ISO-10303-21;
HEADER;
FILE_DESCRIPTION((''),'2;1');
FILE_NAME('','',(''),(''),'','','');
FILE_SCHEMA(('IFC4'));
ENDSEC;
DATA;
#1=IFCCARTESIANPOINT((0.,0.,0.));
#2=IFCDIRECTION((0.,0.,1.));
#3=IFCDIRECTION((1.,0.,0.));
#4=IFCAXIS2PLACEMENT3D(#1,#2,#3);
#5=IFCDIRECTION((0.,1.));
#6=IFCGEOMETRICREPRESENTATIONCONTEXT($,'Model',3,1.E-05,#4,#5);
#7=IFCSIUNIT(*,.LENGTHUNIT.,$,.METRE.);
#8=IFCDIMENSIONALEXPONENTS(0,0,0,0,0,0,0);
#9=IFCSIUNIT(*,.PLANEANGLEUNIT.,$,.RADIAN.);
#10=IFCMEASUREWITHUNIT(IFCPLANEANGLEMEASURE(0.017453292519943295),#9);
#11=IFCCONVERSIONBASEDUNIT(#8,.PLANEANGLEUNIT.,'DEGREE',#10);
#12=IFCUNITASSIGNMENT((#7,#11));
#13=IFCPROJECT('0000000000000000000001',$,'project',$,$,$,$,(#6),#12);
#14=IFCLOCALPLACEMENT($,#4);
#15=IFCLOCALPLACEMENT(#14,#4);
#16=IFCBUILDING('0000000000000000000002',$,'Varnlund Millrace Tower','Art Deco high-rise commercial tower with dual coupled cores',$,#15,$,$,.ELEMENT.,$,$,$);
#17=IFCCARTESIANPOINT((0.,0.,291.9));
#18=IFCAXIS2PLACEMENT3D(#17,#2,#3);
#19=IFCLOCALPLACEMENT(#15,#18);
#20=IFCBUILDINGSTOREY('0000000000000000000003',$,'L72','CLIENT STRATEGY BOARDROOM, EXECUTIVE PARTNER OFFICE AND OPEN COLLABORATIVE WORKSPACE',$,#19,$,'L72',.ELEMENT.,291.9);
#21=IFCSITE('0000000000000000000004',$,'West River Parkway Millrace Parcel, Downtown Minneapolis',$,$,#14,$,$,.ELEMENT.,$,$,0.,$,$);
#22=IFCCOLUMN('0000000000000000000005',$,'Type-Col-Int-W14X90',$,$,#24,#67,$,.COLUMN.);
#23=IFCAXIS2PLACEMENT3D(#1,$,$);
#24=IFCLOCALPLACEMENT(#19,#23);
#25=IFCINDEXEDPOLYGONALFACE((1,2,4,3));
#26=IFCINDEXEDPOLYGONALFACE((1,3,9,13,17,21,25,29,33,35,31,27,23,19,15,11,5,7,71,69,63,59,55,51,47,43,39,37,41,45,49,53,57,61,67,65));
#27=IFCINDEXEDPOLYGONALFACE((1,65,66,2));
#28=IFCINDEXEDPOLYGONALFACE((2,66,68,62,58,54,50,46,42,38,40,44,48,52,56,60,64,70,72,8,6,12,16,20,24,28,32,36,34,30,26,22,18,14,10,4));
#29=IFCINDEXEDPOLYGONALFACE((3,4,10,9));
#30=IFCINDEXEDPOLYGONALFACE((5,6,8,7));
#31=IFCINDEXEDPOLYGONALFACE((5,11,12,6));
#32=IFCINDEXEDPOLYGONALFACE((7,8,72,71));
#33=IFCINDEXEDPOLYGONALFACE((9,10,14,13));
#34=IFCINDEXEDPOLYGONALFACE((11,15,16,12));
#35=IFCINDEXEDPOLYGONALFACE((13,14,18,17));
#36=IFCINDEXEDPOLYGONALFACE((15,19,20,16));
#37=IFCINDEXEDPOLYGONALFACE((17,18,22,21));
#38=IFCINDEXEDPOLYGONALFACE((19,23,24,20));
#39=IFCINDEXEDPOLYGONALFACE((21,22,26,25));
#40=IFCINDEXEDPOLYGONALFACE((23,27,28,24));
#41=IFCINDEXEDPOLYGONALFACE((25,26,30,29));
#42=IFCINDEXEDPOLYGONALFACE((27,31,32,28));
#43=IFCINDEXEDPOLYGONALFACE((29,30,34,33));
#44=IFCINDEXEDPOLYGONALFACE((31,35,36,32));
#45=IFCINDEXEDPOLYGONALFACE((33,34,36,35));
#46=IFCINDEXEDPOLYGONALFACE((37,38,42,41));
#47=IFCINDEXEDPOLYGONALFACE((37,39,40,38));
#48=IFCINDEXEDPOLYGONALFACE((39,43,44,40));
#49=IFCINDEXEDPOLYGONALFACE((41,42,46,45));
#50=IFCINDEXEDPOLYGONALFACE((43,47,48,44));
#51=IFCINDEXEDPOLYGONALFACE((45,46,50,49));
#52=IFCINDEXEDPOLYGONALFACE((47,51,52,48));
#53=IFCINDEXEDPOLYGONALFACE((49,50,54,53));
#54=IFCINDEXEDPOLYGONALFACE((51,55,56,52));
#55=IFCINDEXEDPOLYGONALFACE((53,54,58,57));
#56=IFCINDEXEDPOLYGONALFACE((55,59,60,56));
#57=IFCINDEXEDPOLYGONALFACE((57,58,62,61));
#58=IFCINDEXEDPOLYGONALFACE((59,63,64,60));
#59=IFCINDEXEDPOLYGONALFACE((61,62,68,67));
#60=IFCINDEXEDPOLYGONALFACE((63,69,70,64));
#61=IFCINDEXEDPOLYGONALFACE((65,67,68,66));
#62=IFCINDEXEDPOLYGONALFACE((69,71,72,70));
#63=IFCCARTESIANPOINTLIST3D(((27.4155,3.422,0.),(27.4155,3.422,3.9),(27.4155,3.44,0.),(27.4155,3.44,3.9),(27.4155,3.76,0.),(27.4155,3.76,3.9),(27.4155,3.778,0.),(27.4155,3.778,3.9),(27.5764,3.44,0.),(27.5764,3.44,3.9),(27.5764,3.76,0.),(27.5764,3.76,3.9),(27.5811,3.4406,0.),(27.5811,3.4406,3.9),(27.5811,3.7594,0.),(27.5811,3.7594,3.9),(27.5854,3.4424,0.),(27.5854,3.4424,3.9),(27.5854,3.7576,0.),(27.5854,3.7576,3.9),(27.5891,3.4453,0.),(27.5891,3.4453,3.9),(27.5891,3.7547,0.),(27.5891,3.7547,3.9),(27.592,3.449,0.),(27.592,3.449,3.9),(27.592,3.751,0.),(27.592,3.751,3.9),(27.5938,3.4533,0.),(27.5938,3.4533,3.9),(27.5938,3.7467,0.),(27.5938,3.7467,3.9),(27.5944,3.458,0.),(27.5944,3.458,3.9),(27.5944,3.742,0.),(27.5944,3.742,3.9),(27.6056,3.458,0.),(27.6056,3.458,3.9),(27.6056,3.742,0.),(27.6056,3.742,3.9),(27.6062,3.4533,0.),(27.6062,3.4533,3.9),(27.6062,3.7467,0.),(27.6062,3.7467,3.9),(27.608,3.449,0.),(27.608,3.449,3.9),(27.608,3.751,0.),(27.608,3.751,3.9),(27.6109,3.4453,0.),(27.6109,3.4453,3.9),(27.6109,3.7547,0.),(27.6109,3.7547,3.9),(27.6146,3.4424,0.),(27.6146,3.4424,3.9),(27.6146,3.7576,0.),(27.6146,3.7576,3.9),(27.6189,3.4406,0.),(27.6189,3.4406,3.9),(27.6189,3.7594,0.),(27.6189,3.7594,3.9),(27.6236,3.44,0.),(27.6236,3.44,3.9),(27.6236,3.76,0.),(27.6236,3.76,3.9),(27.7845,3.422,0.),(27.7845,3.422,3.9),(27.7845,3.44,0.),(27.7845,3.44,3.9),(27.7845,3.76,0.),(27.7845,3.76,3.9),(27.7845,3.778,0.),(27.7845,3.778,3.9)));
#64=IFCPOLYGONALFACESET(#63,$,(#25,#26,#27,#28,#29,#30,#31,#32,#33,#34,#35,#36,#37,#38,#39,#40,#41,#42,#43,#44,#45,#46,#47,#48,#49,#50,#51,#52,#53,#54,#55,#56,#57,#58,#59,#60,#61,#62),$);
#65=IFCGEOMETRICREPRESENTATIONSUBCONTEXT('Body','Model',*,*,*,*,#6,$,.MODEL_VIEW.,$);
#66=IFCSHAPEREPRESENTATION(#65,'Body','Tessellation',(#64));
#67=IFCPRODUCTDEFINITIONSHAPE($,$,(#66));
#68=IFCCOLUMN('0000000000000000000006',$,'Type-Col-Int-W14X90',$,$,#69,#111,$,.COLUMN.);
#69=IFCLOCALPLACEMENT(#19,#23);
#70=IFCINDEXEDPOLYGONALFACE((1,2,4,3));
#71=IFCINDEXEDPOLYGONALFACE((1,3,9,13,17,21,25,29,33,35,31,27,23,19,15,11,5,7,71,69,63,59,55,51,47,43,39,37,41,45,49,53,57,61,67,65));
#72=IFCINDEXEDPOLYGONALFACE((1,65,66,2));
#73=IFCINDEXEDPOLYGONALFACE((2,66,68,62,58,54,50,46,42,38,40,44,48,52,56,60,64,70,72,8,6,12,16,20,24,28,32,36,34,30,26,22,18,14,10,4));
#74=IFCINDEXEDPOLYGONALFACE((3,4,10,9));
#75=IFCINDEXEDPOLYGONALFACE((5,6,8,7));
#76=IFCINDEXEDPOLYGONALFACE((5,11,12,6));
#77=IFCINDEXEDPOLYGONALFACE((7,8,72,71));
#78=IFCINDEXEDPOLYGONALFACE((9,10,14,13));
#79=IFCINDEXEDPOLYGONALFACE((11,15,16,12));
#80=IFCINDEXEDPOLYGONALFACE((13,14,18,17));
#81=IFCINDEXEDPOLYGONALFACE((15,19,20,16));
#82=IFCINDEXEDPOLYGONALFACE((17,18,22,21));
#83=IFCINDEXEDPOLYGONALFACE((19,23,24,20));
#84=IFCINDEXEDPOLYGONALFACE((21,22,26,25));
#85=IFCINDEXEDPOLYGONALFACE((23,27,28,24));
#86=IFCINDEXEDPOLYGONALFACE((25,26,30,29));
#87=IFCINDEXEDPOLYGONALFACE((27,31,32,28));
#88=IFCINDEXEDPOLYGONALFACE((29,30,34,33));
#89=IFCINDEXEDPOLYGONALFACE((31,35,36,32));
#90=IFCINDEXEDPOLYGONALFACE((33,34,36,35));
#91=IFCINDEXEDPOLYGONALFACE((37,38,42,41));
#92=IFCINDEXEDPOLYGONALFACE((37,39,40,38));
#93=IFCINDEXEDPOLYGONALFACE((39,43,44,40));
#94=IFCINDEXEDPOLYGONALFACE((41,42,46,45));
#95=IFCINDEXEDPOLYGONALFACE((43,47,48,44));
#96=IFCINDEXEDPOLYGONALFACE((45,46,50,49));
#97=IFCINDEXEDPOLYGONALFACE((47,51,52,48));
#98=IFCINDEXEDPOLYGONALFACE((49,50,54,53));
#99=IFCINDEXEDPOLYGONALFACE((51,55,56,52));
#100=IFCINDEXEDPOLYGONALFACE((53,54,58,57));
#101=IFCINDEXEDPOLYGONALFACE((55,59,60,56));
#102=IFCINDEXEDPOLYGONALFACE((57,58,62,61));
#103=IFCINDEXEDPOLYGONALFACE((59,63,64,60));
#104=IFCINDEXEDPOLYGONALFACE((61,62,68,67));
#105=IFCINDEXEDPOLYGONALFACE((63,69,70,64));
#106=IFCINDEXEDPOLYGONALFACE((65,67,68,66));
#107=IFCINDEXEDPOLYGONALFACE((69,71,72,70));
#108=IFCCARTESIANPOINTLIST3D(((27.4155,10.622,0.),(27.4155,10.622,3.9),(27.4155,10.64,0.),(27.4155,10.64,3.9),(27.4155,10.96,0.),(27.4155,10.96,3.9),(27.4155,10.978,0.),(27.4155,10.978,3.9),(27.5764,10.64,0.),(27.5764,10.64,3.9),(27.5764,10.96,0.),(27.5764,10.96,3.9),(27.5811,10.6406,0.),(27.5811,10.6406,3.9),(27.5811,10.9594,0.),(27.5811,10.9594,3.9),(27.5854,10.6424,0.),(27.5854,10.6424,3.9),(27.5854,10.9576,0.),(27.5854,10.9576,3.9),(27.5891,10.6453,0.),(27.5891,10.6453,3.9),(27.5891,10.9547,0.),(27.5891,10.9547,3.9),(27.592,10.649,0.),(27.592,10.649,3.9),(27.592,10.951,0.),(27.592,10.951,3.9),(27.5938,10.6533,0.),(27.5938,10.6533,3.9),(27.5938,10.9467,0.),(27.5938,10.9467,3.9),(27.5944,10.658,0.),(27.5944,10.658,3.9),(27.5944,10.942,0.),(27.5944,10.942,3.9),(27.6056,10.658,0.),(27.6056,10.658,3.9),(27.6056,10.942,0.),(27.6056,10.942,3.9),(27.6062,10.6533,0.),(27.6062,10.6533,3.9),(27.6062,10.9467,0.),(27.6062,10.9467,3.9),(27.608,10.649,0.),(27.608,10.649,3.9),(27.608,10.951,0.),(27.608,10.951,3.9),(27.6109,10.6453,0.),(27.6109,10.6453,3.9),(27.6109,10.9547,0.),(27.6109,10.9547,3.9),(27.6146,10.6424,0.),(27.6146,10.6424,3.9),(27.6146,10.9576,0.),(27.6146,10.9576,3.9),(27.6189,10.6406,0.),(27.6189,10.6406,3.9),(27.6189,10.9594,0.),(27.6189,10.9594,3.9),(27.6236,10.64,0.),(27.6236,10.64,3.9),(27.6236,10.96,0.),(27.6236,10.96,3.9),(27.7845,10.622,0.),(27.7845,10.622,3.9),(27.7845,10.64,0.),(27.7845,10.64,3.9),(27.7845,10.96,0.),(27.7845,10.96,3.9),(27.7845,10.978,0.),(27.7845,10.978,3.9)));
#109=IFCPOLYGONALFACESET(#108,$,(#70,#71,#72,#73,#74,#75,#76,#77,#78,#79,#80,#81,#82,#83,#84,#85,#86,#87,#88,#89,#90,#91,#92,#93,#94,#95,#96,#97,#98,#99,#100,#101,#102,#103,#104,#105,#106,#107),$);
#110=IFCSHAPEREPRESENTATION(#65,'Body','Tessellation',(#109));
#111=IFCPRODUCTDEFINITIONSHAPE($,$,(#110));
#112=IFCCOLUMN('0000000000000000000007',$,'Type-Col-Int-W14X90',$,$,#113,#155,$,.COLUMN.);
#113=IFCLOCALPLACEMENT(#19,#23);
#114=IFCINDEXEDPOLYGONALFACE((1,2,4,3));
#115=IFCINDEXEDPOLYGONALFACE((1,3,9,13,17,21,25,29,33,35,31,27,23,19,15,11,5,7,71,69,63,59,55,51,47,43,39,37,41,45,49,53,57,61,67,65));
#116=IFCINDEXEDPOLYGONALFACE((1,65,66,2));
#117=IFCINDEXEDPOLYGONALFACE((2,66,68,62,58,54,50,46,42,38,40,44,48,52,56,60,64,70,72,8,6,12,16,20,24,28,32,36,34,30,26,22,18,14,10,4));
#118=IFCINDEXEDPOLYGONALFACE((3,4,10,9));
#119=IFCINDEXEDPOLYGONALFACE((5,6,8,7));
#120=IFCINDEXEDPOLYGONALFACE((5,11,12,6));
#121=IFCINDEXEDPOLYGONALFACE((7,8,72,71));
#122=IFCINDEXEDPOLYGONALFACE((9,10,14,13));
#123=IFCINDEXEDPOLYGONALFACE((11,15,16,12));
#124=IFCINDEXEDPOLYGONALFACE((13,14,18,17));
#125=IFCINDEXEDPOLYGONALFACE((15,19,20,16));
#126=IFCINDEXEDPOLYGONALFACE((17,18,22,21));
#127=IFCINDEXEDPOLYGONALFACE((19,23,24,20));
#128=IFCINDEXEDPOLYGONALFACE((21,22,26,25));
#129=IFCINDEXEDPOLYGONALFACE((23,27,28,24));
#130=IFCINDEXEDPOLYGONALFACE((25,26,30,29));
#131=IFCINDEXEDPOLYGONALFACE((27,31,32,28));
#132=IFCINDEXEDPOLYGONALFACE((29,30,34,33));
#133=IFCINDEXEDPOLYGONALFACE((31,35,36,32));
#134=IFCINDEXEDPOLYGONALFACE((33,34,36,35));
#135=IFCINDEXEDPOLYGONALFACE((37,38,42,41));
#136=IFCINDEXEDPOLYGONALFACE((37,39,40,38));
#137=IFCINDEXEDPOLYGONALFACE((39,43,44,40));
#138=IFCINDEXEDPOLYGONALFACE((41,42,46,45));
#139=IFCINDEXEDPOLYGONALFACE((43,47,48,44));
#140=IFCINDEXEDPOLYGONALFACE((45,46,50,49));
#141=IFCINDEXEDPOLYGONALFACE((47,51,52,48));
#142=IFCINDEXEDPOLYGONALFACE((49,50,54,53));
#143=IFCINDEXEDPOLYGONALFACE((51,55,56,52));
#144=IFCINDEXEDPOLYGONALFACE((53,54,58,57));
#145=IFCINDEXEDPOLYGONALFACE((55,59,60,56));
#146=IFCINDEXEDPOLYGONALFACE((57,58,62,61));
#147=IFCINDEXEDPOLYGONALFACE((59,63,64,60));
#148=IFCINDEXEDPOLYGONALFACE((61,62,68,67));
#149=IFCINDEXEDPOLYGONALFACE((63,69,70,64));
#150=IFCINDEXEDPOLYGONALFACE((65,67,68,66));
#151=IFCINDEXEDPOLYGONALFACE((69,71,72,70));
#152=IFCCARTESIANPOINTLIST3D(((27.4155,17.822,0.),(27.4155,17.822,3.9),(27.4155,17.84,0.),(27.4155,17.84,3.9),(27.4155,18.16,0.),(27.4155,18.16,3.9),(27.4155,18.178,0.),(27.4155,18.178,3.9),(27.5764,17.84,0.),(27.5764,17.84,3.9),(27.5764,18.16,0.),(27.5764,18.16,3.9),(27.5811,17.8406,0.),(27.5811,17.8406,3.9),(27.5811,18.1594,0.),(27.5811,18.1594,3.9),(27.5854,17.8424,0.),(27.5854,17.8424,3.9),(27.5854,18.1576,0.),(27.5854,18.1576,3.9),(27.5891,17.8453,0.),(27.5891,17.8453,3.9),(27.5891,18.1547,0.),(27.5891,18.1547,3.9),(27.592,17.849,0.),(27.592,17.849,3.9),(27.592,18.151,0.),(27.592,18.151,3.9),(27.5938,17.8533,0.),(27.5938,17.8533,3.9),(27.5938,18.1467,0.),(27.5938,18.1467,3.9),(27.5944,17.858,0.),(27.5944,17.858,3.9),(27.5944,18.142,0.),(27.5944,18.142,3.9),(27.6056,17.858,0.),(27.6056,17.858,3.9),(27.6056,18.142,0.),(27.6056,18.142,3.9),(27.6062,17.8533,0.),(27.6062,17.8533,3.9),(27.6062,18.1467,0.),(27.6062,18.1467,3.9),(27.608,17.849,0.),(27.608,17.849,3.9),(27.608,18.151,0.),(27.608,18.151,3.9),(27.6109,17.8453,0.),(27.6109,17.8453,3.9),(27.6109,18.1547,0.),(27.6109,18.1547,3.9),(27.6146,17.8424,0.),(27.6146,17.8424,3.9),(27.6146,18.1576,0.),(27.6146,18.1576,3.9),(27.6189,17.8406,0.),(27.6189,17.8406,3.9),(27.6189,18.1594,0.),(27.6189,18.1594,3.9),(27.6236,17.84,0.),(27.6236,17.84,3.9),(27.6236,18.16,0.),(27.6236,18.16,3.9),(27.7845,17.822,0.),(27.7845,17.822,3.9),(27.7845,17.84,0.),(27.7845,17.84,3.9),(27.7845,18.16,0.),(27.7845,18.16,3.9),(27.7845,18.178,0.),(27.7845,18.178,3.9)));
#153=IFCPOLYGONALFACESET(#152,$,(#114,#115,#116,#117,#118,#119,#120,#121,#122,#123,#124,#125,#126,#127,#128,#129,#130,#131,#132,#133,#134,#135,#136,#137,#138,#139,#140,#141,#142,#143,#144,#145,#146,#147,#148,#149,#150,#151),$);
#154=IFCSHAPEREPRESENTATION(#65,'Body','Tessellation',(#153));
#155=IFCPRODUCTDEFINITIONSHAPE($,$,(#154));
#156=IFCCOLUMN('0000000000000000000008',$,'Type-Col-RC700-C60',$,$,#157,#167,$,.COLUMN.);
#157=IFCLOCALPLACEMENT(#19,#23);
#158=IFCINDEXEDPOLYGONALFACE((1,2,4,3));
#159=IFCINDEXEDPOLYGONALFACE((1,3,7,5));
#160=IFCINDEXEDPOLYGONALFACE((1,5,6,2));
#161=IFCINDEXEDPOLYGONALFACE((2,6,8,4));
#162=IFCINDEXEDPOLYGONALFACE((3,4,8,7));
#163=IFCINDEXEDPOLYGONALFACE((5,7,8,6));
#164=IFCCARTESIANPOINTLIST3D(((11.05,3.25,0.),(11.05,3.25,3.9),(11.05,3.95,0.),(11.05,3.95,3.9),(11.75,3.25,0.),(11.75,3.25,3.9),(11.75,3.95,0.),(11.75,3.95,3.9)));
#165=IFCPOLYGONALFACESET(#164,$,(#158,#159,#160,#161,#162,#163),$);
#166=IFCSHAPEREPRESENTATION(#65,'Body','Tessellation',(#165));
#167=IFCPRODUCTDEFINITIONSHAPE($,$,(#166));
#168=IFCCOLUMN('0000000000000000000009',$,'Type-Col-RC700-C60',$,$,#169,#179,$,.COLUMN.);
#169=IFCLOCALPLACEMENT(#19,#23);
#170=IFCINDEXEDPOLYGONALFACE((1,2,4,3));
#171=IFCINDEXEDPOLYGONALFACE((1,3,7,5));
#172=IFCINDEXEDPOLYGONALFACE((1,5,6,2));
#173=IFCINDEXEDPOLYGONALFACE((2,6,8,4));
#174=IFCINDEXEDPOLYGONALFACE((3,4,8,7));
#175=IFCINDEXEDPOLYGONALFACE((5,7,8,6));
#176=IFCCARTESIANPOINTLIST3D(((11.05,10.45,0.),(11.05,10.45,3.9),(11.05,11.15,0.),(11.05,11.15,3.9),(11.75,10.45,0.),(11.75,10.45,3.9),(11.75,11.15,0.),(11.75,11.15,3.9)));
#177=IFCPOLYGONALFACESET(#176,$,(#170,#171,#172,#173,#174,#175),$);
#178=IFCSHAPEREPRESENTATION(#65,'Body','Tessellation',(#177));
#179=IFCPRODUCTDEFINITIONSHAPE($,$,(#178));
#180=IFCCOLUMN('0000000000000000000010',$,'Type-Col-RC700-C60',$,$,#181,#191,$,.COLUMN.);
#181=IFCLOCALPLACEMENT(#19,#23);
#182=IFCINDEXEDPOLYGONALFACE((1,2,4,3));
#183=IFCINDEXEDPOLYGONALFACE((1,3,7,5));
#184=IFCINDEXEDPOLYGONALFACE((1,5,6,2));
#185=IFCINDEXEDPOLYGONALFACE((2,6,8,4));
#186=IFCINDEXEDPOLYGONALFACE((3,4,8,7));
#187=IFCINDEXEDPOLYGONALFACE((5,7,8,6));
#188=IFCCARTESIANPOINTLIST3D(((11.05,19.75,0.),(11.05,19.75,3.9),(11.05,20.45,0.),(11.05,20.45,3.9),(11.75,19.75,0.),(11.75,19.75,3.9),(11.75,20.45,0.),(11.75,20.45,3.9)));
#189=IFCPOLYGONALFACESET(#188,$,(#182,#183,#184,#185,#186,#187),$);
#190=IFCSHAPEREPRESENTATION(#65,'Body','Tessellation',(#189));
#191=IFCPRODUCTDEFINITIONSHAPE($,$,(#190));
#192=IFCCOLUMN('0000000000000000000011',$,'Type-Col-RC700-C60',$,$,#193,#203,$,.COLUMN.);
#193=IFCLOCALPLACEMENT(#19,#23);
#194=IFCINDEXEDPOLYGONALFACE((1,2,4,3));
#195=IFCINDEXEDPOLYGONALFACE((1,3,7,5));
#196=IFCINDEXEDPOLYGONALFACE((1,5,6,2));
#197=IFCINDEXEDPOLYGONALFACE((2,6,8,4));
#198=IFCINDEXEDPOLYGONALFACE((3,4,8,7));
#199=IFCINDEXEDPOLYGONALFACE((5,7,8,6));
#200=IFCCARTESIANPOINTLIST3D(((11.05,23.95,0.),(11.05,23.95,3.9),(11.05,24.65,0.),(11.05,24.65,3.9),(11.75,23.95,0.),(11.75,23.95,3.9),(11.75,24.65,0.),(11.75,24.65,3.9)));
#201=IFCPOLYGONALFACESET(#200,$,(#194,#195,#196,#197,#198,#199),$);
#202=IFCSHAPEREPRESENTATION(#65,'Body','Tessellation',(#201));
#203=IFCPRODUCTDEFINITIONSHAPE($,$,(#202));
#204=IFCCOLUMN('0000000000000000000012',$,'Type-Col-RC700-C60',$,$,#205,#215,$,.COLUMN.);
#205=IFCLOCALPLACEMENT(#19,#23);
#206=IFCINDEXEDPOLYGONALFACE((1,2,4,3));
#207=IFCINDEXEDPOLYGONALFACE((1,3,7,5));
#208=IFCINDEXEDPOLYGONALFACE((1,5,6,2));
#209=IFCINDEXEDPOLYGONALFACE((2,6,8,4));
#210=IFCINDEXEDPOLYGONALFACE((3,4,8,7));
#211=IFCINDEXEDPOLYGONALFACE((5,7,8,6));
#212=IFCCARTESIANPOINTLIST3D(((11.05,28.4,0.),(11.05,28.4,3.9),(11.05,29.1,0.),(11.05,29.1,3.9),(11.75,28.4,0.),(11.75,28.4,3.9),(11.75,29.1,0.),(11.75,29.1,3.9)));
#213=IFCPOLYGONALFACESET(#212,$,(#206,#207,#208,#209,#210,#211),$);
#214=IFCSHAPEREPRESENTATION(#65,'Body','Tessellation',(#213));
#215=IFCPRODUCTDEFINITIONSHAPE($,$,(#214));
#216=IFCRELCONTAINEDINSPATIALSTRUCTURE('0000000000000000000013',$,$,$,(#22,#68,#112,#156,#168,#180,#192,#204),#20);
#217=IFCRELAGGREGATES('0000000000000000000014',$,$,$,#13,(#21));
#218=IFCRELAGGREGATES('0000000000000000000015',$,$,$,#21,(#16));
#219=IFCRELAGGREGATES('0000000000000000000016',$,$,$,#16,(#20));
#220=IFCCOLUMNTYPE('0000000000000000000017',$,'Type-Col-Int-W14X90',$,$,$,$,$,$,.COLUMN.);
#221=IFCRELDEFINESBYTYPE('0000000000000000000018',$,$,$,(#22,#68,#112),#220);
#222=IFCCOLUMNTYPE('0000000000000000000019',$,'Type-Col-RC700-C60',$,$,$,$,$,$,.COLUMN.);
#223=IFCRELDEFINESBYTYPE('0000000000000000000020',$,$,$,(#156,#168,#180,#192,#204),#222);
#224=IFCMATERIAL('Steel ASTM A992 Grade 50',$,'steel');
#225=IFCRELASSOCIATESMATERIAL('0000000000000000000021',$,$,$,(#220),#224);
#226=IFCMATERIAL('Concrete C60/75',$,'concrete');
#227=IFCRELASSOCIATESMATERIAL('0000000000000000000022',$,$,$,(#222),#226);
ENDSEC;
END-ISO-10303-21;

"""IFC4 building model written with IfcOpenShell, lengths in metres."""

from ifc_helpers import new_model, entity, si_unit, converted_unit, direction, frame, origin_with_axes, origin_2d_with_axis, place, context, subcontext, project, spatial, rectangle, i_section, extrude, material, material_profile, profile_set, type_object, element, save


model = new_model("IFC4")

# Units and contexts
model_context = context("Model", 3, precision=1e-05, world=origin_with_axes(), true_north=direction((0.0, 1.0)))
body_context = subcontext(model_context, "Body", "Model", "MODEL_VIEW")
ifc_project = project(units=[si_unit("LENGTHUNIT", "METRE"), converted_unit("PLANEANGLEUNIT", "DEGREE", entity("IfcPlaneAngleMeasure", 0.017453292519943295), si_unit("PLANEANGLEUNIT", "RADIAN"), dimensions=[0, 0, 0, 0, 0, 0, 0])], contexts=[model_context])

# Site, building, storey
site_placement = place(None, origin_with_axes())
site = spatial("IfcSite", under=ifc_project, at=site_placement, Name="West River Parkway Millrace Parcel, Downtown Minneapolis", CompositionType="ELEMENT", RefElevation=0.0)
building_placement = place(site_placement, origin_with_axes())
building = spatial("IfcBuilding", under=site, at=building_placement, Name="Varnlund Millrace Tower", Description="Art Deco high-rise commercial tower with dual coupled cores", CompositionType="ELEMENT")
storey_placement = place(building_placement, frame((0.0, 0.0, 291.9), z_axis=(0.0, 0.0, 1.0), x_axis=(1.0, 0.0, 0.0)))
storey = spatial("IfcBuildingStorey", under=building, at=storey_placement, Name="L72", Description="CLIENT STRATEGY BOARDROOM, EXECUTIVE PARTNER OFFICE AND OPEN COLLABORATIVE WORKSPACE", LongName="L72", CompositionType="ELEMENT", Elevation=291.9)

# Columns
ifc_material_1 = material(Name="Steel ASTM A992 Grade 50", Category="steel")
ifc_material_profile_1 = material_profile(ifc_material_1, i_section(OverallWidth=0.369, OverallDepth=0.356, WebThickness=0.0112, FlangeThickness=0.018, FilletRadius=0.018, at=origin_2d_with_axis()), Name="Steel ASTM A992 Grade 50")
ifc_profile_set_1 = profile_set([ifc_material_profile_1], Name="Steel ASTM A992 Grade 50")
column_type_1 = type_object("IfcColumnType", Name="Type-Col-Int-W14X90", PredefinedType="COLUMN", material=ifc_profile_set_1)
for number, where, z_axis, x_axis, name in (
    (1, (27.6, 3.6, 0.0), (0.0, 0.0, 1.0), (1.0, 0.0, 0.0), "Type-Col-Int-W14X90"),
    (2, (27.6, 10.8, 0.0), (0.0, 0.0, 1.0), (1.0, 0.0, 0.0), "Type-Col-Int-W14X90"),
    (3, (27.6, 18.0, 0.0), (0.0, 0.0, 1.0), (1.0, 0.0, 0.0), "Type-Col-Int-W14X90"),
):
    element("IfcColumn", number, at=place(storey_placement, frame(where, z_axis=z_axis, x_axis=x_axis)), inside=storey, type_object=column_type_1, Name=name, PredefinedType="COLUMN", context=body_context, shape_type="SweptSolid", body=[
        extrude(i_section(OverallWidth=0.369, OverallDepth=0.356, WebThickness=0.0112, FlangeThickness=0.018, FilletRadius=0.018, at=origin_2d_with_axis()), origin_with_axes(), (0.0, 0.0, 1.0), 3.9),
    ])
ifc_material_2 = material(Name="Concrete C60/75", Category="concrete")
ifc_material_profile_2 = material_profile(ifc_material_2, rectangle(XDim=0.7, YDim=0.7, at=origin_2d_with_axis()), Name="Concrete C60/75")
ifc_profile_set_2 = profile_set([ifc_material_profile_2], Name="Concrete C60/75")
column_type_2 = type_object("IfcColumnType", Name="Type-Col-RC700-C60", PredefinedType="COLUMN", material=ifc_profile_set_2)
for number, where, z_axis, x_axis, name in (
    (4, (11.4, 3.6, 0.0), (0.0, 0.0, 1.0), (1.0, 0.0, 0.0), "Type-Col-RC700-C60"),
    (5, (11.4, 10.8, 0.0), (0.0, 0.0, 1.0), (1.0, 0.0, 0.0), "Type-Col-RC700-C60"),
    (6, (11.4, 20.1, 0.0), (0.0, 0.0, 1.0), (1.0, 0.0, 0.0), "Type-Col-RC700-C60"),
    (7, (11.4, 24.3, 0.0), (0.0, 0.0, 1.0), (1.0, 0.0, 0.0), "Type-Col-RC700-C60"),
    (8, (11.4, 28.75, 0.0), (0.0, 0.0, 1.0), (1.0, 0.0, 0.0), "Type-Col-RC700-C60"),
):
    element("IfcColumn", number, at=place(storey_placement, frame(where, z_axis=z_axis, x_axis=x_axis)), inside=storey, type_object=column_type_2, Name=name, PredefinedType="COLUMN", context=body_context, shape_type="SweptSolid", body=[
        extrude(rectangle(XDim=0.7, YDim=0.7, at=origin_2d_with_axis()), origin_with_axes(), (0.0, 0.0, 1.0), 3.9),
    ])

save(model, "model.ifc")
